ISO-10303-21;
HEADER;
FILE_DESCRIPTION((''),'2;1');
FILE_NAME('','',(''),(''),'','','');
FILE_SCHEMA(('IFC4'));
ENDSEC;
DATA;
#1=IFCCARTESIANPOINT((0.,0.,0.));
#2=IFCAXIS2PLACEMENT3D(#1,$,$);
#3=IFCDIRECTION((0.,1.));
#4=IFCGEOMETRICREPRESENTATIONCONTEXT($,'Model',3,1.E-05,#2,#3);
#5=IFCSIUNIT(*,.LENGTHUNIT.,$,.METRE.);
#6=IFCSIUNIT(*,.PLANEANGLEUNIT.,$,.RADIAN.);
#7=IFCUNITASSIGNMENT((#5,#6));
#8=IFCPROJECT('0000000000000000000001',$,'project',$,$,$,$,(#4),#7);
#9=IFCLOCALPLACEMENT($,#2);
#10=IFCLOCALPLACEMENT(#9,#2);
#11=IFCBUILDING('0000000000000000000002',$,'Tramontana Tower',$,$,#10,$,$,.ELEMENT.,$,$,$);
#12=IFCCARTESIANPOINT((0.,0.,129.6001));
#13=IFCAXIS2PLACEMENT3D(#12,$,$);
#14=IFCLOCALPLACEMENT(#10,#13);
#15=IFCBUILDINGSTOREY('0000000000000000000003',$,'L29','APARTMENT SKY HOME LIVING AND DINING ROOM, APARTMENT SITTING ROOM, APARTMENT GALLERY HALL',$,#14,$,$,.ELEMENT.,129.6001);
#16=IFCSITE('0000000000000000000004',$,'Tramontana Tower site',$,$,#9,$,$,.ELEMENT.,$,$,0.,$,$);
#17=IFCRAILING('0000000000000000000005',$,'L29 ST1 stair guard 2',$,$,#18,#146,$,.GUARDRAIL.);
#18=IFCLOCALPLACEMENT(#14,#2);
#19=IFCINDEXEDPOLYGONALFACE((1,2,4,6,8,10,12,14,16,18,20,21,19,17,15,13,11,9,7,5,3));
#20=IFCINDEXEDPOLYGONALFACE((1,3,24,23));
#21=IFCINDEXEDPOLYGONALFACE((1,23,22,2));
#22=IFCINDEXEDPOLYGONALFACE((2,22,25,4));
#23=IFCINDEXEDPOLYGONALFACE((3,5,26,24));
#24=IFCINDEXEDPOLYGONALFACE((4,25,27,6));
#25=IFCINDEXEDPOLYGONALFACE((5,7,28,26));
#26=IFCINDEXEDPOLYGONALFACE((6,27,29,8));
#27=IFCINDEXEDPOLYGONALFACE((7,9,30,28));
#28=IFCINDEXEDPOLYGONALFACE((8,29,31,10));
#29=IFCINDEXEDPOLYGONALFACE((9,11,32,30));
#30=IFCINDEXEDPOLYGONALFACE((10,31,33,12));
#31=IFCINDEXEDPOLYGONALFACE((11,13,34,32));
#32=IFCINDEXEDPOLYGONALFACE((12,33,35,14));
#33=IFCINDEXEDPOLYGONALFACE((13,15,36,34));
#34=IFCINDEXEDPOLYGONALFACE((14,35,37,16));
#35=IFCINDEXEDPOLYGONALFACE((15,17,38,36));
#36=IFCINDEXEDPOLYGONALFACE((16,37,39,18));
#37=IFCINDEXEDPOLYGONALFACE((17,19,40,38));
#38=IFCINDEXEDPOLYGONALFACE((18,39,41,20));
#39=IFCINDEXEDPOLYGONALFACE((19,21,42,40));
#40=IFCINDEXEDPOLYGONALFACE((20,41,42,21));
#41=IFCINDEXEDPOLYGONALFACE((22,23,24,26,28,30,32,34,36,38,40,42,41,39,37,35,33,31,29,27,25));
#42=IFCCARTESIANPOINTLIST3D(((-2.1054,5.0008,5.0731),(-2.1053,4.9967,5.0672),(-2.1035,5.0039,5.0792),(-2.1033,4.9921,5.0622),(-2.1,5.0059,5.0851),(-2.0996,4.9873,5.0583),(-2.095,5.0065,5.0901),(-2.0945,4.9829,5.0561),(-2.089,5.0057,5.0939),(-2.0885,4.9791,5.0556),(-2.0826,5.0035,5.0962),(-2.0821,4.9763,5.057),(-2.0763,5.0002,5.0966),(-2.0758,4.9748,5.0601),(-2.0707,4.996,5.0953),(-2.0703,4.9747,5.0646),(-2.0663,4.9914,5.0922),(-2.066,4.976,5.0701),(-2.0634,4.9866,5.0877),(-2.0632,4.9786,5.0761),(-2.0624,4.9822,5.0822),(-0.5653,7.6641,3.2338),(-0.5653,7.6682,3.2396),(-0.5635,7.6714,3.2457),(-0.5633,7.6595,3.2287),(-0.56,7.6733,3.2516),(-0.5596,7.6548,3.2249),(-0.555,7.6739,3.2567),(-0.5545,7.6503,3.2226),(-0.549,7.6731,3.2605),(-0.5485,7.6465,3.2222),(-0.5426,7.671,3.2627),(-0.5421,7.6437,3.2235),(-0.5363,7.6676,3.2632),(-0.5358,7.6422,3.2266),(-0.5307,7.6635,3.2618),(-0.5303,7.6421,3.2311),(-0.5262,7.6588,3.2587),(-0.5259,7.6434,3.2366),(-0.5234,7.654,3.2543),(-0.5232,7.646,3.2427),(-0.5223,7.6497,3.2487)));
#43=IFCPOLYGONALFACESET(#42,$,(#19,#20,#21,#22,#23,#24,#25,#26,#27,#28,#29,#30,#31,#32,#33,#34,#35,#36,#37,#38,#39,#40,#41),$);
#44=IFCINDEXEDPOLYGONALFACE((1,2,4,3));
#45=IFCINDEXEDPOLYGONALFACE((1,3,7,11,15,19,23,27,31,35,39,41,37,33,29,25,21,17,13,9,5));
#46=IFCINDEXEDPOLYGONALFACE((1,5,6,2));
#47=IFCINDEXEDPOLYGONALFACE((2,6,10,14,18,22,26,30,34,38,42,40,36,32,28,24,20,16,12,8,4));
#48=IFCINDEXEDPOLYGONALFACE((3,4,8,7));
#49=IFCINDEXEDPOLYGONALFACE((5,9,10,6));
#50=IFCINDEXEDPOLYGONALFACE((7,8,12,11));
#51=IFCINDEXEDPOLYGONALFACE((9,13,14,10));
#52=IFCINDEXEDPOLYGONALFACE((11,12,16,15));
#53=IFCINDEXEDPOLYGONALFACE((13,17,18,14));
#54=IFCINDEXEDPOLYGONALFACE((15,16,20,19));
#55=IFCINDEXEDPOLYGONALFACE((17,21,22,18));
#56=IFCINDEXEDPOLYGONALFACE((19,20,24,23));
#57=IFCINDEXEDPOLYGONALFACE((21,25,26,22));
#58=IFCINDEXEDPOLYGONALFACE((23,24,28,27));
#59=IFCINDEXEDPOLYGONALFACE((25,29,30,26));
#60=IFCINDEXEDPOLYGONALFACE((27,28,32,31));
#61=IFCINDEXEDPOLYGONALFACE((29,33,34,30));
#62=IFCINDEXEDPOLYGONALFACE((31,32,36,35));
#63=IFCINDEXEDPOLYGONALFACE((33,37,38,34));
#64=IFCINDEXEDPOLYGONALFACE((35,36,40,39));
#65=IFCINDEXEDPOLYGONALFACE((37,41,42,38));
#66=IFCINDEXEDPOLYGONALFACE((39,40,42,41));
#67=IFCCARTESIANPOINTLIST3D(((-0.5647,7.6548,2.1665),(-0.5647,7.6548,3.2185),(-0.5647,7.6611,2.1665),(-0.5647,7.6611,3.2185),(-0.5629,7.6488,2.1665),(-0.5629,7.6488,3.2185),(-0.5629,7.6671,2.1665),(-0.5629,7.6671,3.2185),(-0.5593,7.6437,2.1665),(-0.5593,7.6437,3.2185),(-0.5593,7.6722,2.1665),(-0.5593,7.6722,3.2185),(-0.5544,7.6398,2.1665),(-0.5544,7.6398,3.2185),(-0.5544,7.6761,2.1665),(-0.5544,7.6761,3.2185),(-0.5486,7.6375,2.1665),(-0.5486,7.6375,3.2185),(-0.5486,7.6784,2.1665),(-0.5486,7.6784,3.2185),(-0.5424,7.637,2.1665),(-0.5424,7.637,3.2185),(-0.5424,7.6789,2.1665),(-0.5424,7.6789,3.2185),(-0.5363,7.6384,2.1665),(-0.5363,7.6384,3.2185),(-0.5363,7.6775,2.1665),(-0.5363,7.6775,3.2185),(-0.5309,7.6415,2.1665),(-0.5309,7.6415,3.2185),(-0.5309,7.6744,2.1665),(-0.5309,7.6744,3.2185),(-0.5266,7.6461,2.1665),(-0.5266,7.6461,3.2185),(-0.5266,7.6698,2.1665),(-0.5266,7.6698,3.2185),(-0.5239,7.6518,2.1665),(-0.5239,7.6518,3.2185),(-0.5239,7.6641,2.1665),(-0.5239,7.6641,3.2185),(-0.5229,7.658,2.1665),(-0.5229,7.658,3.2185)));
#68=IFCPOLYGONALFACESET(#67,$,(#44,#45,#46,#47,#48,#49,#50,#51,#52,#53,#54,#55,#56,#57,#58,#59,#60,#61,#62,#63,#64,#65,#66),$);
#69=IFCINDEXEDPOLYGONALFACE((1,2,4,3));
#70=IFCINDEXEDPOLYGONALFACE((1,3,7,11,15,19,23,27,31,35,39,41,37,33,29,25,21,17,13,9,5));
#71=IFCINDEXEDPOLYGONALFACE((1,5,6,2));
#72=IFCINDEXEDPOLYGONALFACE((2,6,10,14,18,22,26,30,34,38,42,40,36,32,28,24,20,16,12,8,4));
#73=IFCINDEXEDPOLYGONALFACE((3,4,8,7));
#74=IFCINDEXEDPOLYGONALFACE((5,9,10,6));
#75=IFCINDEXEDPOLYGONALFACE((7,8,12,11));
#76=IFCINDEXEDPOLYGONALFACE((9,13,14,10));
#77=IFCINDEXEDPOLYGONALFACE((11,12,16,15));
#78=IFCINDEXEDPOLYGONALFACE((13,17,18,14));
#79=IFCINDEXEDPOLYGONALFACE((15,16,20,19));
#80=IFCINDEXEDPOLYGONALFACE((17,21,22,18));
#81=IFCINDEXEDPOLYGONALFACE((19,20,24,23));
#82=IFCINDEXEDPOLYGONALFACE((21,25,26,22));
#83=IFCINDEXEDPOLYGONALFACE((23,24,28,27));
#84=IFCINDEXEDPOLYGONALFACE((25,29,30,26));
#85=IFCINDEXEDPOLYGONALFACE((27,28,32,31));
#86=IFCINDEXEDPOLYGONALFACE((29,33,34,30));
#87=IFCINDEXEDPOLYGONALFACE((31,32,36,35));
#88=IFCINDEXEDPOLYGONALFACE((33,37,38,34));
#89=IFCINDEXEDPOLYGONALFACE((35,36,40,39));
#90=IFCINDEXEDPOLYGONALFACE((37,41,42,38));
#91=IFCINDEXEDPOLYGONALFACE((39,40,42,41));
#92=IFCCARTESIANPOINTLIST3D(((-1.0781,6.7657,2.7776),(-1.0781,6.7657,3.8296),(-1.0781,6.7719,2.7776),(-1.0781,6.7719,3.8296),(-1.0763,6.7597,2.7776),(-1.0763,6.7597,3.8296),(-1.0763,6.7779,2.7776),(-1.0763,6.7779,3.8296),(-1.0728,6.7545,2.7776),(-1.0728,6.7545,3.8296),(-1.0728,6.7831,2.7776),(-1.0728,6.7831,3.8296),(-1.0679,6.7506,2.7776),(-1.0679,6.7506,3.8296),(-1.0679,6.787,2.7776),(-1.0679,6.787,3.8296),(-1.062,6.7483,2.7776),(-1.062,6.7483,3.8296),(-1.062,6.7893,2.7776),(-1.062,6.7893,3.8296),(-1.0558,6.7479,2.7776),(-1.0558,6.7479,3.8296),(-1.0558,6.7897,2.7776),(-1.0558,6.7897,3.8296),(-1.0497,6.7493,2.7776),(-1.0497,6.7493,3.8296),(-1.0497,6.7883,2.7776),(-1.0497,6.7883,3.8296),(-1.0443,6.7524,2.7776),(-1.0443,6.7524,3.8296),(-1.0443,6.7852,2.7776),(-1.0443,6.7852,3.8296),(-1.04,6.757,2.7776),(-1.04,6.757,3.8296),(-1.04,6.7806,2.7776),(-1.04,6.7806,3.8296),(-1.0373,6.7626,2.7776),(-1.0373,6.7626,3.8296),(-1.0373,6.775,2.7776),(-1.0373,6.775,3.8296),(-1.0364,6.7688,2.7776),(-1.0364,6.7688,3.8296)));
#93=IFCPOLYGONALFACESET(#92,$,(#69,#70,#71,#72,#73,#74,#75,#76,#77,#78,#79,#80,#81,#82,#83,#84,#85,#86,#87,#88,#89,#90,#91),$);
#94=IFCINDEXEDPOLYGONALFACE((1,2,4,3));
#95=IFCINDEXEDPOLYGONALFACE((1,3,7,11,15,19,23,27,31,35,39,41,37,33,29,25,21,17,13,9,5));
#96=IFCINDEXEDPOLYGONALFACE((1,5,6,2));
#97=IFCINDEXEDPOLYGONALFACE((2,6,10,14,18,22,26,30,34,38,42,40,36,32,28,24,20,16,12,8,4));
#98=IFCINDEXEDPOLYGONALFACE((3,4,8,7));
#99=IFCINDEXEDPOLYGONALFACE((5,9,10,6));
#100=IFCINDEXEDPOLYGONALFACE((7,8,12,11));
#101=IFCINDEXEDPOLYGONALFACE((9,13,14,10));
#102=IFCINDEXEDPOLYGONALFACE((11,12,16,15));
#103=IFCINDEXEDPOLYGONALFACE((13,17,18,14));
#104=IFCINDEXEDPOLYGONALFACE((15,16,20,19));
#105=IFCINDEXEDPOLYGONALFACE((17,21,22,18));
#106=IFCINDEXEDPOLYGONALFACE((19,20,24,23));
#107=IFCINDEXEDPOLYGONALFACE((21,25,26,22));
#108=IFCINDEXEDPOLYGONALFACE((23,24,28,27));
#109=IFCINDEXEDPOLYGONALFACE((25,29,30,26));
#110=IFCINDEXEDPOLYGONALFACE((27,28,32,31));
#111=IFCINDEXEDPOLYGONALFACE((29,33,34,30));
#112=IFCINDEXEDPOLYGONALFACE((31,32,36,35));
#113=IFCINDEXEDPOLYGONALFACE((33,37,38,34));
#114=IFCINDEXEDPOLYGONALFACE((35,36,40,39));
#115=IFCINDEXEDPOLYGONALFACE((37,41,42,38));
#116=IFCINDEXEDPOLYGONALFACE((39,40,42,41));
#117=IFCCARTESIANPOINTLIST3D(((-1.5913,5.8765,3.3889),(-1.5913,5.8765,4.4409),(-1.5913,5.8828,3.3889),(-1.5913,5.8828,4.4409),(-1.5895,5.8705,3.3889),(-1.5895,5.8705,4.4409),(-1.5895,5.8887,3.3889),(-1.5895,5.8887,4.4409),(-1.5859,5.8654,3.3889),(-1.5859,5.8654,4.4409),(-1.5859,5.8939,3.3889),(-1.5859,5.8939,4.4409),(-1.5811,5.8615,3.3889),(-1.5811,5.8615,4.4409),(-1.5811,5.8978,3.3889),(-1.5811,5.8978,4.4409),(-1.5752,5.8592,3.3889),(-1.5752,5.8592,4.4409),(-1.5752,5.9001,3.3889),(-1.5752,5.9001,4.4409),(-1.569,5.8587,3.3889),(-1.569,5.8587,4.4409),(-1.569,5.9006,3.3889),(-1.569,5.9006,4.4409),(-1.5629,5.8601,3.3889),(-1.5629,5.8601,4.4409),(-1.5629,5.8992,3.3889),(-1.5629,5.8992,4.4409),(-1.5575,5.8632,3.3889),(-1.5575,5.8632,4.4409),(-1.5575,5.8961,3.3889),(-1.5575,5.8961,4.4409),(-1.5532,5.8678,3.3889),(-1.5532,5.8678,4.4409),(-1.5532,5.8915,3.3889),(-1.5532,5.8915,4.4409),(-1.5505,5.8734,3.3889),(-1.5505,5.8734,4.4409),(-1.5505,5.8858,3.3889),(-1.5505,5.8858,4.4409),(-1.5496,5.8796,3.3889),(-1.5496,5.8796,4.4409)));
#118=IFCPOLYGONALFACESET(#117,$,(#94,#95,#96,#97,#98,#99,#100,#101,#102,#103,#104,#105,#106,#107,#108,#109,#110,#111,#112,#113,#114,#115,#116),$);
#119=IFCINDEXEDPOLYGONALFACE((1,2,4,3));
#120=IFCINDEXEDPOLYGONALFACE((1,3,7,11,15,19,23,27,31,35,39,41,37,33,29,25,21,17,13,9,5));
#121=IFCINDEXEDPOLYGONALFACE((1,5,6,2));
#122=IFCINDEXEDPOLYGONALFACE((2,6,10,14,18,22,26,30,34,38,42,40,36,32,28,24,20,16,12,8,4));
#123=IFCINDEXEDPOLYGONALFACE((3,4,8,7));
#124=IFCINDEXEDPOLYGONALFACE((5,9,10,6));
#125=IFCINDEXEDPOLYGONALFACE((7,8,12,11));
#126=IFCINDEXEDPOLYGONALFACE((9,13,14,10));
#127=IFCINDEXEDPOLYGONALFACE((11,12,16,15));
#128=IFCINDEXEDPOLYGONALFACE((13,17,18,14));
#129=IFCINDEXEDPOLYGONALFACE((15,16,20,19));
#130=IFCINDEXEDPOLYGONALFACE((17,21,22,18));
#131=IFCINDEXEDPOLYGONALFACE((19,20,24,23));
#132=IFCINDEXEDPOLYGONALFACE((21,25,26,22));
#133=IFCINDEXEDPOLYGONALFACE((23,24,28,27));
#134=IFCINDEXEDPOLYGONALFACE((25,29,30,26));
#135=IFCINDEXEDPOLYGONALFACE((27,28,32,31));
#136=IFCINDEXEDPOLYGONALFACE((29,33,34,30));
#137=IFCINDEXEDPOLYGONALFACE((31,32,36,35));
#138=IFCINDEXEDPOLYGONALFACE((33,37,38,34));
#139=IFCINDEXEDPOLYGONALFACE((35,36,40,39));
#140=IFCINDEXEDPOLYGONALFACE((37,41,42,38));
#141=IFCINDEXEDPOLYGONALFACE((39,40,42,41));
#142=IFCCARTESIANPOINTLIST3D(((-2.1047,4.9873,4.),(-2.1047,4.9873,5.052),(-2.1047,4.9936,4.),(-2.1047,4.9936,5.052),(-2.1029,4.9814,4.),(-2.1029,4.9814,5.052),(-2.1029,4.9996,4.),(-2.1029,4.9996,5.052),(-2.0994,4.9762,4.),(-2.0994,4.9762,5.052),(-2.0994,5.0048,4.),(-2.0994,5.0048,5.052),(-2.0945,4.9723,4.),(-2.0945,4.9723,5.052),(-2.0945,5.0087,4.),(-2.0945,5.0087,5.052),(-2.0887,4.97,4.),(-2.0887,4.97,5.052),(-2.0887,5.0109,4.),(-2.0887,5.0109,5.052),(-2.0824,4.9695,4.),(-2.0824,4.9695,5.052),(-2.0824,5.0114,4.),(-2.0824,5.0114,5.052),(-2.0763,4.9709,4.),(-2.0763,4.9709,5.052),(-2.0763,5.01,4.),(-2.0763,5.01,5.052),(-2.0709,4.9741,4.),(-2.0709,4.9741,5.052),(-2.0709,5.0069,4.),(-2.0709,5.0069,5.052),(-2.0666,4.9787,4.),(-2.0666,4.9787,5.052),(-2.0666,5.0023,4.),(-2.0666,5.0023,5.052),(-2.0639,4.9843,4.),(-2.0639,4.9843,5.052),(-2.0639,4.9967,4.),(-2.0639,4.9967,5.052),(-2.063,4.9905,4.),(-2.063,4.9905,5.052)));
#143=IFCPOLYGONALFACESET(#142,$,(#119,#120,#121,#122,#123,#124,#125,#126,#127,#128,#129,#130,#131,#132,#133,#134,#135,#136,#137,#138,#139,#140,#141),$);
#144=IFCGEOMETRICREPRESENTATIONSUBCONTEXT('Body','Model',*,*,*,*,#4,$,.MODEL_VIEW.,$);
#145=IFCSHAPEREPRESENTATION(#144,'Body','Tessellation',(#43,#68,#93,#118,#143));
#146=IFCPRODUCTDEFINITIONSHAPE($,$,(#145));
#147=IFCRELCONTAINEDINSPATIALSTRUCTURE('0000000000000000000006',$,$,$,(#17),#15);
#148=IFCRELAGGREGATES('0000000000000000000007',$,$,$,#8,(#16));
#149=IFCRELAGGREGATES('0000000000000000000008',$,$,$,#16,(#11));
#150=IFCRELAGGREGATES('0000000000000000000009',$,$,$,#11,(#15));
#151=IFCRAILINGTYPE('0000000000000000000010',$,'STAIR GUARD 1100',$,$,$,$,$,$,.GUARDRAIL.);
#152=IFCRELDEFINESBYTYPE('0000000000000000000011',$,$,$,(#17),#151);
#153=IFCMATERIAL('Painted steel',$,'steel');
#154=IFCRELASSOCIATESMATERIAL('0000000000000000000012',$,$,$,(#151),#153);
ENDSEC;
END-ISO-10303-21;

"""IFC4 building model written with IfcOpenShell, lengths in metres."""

from ifc_helpers import new_model, si_unit, direction, frame, origin, origin_2d, place, context, subcontext, project, spatial, circle, extrude, material, type_object, element, save


model = new_model("IFC4")

# Units and contexts
model_context = context("Model", 3, precision=1e-05, world=origin(), true_north=direction((0.0, 1.0)))
body_context = subcontext(model_context, "Body", "Model", "MODEL_VIEW")
ifc_project = project(units=[si_unit("LENGTHUNIT", "METRE"), si_unit("PLANEANGLEUNIT", "RADIAN")], contexts=[model_context])

# Site, building, storey
site_placement = place(None, origin())
site = spatial("IfcSite", under=ifc_project, at=site_placement, Name="Tramontana Tower site", CompositionType="ELEMENT", RefElevation=0.0)
building_placement = place(site_placement, origin())
building = spatial("IfcBuilding", under=site, at=building_placement, Name="Tramontana Tower", CompositionType="ELEMENT")
storey_placement = place(building_placement, frame((0.0, 0.0, 129.6001)))
storey = spatial("IfcBuildingStorey", under=building, at=storey_placement, Name="L29", Description="APARTMENT SKY HOME LIVING AND DINING ROOM, APARTMENT SITTING ROOM, APARTMENT GALLERY HALL", CompositionType="ELEMENT", Elevation=129.6001)

# Railing
ifc_material_1 = material(Name="Painted steel", Category="steel")
railing_type_1 = type_object("IfcRailingType", Name="STAIR GUARD 1100", PredefinedType="GUARDRAIL", material=ifc_material_1)
railing_1_placement = place(storey_placement, frame((-0.5439, 7.658, 2.1665)))
element("IfcRailing", 1, at=railing_1_placement, inside=storey, type_object=railing_type_1, Name="L29 ST1 stair guard 2", PredefinedType="GUARDRAIL", context=body_context, shape_type="SweptSolid", body=[
    extrude(circle(Radius=0.0239, at=origin_2d()), frame((0.0, 0.0, 1.0762), z_axis=(-0.429634, -0.744164, 0.511502), x_axis=(0.86603, -0.499992, 0.0)), (0.0, 0.0, 1.0), 3.5845),
    extrude(circle(Radius=0.021, at=origin_2d()), origin(), (0.0, 0.0, 1.0), 1.052),
    extrude(circle(Radius=0.021, at=origin_2d()), frame((-0.5134, -0.8892, 0.6111)), (0.0, 0.0, 1.0), 1.052),
    extrude(circle(Radius=0.021, at=origin_2d()), frame((-1.0266, -1.7783, 1.2224)), (0.0, 0.0, 1.0), 1.052),
    extrude(circle(Radius=0.021, at=origin_2d()), frame((-1.54, -2.6675, 1.8335)), (0.0, 0.0, 1.0), 1.052),
])

save(model, "model.ifc")
